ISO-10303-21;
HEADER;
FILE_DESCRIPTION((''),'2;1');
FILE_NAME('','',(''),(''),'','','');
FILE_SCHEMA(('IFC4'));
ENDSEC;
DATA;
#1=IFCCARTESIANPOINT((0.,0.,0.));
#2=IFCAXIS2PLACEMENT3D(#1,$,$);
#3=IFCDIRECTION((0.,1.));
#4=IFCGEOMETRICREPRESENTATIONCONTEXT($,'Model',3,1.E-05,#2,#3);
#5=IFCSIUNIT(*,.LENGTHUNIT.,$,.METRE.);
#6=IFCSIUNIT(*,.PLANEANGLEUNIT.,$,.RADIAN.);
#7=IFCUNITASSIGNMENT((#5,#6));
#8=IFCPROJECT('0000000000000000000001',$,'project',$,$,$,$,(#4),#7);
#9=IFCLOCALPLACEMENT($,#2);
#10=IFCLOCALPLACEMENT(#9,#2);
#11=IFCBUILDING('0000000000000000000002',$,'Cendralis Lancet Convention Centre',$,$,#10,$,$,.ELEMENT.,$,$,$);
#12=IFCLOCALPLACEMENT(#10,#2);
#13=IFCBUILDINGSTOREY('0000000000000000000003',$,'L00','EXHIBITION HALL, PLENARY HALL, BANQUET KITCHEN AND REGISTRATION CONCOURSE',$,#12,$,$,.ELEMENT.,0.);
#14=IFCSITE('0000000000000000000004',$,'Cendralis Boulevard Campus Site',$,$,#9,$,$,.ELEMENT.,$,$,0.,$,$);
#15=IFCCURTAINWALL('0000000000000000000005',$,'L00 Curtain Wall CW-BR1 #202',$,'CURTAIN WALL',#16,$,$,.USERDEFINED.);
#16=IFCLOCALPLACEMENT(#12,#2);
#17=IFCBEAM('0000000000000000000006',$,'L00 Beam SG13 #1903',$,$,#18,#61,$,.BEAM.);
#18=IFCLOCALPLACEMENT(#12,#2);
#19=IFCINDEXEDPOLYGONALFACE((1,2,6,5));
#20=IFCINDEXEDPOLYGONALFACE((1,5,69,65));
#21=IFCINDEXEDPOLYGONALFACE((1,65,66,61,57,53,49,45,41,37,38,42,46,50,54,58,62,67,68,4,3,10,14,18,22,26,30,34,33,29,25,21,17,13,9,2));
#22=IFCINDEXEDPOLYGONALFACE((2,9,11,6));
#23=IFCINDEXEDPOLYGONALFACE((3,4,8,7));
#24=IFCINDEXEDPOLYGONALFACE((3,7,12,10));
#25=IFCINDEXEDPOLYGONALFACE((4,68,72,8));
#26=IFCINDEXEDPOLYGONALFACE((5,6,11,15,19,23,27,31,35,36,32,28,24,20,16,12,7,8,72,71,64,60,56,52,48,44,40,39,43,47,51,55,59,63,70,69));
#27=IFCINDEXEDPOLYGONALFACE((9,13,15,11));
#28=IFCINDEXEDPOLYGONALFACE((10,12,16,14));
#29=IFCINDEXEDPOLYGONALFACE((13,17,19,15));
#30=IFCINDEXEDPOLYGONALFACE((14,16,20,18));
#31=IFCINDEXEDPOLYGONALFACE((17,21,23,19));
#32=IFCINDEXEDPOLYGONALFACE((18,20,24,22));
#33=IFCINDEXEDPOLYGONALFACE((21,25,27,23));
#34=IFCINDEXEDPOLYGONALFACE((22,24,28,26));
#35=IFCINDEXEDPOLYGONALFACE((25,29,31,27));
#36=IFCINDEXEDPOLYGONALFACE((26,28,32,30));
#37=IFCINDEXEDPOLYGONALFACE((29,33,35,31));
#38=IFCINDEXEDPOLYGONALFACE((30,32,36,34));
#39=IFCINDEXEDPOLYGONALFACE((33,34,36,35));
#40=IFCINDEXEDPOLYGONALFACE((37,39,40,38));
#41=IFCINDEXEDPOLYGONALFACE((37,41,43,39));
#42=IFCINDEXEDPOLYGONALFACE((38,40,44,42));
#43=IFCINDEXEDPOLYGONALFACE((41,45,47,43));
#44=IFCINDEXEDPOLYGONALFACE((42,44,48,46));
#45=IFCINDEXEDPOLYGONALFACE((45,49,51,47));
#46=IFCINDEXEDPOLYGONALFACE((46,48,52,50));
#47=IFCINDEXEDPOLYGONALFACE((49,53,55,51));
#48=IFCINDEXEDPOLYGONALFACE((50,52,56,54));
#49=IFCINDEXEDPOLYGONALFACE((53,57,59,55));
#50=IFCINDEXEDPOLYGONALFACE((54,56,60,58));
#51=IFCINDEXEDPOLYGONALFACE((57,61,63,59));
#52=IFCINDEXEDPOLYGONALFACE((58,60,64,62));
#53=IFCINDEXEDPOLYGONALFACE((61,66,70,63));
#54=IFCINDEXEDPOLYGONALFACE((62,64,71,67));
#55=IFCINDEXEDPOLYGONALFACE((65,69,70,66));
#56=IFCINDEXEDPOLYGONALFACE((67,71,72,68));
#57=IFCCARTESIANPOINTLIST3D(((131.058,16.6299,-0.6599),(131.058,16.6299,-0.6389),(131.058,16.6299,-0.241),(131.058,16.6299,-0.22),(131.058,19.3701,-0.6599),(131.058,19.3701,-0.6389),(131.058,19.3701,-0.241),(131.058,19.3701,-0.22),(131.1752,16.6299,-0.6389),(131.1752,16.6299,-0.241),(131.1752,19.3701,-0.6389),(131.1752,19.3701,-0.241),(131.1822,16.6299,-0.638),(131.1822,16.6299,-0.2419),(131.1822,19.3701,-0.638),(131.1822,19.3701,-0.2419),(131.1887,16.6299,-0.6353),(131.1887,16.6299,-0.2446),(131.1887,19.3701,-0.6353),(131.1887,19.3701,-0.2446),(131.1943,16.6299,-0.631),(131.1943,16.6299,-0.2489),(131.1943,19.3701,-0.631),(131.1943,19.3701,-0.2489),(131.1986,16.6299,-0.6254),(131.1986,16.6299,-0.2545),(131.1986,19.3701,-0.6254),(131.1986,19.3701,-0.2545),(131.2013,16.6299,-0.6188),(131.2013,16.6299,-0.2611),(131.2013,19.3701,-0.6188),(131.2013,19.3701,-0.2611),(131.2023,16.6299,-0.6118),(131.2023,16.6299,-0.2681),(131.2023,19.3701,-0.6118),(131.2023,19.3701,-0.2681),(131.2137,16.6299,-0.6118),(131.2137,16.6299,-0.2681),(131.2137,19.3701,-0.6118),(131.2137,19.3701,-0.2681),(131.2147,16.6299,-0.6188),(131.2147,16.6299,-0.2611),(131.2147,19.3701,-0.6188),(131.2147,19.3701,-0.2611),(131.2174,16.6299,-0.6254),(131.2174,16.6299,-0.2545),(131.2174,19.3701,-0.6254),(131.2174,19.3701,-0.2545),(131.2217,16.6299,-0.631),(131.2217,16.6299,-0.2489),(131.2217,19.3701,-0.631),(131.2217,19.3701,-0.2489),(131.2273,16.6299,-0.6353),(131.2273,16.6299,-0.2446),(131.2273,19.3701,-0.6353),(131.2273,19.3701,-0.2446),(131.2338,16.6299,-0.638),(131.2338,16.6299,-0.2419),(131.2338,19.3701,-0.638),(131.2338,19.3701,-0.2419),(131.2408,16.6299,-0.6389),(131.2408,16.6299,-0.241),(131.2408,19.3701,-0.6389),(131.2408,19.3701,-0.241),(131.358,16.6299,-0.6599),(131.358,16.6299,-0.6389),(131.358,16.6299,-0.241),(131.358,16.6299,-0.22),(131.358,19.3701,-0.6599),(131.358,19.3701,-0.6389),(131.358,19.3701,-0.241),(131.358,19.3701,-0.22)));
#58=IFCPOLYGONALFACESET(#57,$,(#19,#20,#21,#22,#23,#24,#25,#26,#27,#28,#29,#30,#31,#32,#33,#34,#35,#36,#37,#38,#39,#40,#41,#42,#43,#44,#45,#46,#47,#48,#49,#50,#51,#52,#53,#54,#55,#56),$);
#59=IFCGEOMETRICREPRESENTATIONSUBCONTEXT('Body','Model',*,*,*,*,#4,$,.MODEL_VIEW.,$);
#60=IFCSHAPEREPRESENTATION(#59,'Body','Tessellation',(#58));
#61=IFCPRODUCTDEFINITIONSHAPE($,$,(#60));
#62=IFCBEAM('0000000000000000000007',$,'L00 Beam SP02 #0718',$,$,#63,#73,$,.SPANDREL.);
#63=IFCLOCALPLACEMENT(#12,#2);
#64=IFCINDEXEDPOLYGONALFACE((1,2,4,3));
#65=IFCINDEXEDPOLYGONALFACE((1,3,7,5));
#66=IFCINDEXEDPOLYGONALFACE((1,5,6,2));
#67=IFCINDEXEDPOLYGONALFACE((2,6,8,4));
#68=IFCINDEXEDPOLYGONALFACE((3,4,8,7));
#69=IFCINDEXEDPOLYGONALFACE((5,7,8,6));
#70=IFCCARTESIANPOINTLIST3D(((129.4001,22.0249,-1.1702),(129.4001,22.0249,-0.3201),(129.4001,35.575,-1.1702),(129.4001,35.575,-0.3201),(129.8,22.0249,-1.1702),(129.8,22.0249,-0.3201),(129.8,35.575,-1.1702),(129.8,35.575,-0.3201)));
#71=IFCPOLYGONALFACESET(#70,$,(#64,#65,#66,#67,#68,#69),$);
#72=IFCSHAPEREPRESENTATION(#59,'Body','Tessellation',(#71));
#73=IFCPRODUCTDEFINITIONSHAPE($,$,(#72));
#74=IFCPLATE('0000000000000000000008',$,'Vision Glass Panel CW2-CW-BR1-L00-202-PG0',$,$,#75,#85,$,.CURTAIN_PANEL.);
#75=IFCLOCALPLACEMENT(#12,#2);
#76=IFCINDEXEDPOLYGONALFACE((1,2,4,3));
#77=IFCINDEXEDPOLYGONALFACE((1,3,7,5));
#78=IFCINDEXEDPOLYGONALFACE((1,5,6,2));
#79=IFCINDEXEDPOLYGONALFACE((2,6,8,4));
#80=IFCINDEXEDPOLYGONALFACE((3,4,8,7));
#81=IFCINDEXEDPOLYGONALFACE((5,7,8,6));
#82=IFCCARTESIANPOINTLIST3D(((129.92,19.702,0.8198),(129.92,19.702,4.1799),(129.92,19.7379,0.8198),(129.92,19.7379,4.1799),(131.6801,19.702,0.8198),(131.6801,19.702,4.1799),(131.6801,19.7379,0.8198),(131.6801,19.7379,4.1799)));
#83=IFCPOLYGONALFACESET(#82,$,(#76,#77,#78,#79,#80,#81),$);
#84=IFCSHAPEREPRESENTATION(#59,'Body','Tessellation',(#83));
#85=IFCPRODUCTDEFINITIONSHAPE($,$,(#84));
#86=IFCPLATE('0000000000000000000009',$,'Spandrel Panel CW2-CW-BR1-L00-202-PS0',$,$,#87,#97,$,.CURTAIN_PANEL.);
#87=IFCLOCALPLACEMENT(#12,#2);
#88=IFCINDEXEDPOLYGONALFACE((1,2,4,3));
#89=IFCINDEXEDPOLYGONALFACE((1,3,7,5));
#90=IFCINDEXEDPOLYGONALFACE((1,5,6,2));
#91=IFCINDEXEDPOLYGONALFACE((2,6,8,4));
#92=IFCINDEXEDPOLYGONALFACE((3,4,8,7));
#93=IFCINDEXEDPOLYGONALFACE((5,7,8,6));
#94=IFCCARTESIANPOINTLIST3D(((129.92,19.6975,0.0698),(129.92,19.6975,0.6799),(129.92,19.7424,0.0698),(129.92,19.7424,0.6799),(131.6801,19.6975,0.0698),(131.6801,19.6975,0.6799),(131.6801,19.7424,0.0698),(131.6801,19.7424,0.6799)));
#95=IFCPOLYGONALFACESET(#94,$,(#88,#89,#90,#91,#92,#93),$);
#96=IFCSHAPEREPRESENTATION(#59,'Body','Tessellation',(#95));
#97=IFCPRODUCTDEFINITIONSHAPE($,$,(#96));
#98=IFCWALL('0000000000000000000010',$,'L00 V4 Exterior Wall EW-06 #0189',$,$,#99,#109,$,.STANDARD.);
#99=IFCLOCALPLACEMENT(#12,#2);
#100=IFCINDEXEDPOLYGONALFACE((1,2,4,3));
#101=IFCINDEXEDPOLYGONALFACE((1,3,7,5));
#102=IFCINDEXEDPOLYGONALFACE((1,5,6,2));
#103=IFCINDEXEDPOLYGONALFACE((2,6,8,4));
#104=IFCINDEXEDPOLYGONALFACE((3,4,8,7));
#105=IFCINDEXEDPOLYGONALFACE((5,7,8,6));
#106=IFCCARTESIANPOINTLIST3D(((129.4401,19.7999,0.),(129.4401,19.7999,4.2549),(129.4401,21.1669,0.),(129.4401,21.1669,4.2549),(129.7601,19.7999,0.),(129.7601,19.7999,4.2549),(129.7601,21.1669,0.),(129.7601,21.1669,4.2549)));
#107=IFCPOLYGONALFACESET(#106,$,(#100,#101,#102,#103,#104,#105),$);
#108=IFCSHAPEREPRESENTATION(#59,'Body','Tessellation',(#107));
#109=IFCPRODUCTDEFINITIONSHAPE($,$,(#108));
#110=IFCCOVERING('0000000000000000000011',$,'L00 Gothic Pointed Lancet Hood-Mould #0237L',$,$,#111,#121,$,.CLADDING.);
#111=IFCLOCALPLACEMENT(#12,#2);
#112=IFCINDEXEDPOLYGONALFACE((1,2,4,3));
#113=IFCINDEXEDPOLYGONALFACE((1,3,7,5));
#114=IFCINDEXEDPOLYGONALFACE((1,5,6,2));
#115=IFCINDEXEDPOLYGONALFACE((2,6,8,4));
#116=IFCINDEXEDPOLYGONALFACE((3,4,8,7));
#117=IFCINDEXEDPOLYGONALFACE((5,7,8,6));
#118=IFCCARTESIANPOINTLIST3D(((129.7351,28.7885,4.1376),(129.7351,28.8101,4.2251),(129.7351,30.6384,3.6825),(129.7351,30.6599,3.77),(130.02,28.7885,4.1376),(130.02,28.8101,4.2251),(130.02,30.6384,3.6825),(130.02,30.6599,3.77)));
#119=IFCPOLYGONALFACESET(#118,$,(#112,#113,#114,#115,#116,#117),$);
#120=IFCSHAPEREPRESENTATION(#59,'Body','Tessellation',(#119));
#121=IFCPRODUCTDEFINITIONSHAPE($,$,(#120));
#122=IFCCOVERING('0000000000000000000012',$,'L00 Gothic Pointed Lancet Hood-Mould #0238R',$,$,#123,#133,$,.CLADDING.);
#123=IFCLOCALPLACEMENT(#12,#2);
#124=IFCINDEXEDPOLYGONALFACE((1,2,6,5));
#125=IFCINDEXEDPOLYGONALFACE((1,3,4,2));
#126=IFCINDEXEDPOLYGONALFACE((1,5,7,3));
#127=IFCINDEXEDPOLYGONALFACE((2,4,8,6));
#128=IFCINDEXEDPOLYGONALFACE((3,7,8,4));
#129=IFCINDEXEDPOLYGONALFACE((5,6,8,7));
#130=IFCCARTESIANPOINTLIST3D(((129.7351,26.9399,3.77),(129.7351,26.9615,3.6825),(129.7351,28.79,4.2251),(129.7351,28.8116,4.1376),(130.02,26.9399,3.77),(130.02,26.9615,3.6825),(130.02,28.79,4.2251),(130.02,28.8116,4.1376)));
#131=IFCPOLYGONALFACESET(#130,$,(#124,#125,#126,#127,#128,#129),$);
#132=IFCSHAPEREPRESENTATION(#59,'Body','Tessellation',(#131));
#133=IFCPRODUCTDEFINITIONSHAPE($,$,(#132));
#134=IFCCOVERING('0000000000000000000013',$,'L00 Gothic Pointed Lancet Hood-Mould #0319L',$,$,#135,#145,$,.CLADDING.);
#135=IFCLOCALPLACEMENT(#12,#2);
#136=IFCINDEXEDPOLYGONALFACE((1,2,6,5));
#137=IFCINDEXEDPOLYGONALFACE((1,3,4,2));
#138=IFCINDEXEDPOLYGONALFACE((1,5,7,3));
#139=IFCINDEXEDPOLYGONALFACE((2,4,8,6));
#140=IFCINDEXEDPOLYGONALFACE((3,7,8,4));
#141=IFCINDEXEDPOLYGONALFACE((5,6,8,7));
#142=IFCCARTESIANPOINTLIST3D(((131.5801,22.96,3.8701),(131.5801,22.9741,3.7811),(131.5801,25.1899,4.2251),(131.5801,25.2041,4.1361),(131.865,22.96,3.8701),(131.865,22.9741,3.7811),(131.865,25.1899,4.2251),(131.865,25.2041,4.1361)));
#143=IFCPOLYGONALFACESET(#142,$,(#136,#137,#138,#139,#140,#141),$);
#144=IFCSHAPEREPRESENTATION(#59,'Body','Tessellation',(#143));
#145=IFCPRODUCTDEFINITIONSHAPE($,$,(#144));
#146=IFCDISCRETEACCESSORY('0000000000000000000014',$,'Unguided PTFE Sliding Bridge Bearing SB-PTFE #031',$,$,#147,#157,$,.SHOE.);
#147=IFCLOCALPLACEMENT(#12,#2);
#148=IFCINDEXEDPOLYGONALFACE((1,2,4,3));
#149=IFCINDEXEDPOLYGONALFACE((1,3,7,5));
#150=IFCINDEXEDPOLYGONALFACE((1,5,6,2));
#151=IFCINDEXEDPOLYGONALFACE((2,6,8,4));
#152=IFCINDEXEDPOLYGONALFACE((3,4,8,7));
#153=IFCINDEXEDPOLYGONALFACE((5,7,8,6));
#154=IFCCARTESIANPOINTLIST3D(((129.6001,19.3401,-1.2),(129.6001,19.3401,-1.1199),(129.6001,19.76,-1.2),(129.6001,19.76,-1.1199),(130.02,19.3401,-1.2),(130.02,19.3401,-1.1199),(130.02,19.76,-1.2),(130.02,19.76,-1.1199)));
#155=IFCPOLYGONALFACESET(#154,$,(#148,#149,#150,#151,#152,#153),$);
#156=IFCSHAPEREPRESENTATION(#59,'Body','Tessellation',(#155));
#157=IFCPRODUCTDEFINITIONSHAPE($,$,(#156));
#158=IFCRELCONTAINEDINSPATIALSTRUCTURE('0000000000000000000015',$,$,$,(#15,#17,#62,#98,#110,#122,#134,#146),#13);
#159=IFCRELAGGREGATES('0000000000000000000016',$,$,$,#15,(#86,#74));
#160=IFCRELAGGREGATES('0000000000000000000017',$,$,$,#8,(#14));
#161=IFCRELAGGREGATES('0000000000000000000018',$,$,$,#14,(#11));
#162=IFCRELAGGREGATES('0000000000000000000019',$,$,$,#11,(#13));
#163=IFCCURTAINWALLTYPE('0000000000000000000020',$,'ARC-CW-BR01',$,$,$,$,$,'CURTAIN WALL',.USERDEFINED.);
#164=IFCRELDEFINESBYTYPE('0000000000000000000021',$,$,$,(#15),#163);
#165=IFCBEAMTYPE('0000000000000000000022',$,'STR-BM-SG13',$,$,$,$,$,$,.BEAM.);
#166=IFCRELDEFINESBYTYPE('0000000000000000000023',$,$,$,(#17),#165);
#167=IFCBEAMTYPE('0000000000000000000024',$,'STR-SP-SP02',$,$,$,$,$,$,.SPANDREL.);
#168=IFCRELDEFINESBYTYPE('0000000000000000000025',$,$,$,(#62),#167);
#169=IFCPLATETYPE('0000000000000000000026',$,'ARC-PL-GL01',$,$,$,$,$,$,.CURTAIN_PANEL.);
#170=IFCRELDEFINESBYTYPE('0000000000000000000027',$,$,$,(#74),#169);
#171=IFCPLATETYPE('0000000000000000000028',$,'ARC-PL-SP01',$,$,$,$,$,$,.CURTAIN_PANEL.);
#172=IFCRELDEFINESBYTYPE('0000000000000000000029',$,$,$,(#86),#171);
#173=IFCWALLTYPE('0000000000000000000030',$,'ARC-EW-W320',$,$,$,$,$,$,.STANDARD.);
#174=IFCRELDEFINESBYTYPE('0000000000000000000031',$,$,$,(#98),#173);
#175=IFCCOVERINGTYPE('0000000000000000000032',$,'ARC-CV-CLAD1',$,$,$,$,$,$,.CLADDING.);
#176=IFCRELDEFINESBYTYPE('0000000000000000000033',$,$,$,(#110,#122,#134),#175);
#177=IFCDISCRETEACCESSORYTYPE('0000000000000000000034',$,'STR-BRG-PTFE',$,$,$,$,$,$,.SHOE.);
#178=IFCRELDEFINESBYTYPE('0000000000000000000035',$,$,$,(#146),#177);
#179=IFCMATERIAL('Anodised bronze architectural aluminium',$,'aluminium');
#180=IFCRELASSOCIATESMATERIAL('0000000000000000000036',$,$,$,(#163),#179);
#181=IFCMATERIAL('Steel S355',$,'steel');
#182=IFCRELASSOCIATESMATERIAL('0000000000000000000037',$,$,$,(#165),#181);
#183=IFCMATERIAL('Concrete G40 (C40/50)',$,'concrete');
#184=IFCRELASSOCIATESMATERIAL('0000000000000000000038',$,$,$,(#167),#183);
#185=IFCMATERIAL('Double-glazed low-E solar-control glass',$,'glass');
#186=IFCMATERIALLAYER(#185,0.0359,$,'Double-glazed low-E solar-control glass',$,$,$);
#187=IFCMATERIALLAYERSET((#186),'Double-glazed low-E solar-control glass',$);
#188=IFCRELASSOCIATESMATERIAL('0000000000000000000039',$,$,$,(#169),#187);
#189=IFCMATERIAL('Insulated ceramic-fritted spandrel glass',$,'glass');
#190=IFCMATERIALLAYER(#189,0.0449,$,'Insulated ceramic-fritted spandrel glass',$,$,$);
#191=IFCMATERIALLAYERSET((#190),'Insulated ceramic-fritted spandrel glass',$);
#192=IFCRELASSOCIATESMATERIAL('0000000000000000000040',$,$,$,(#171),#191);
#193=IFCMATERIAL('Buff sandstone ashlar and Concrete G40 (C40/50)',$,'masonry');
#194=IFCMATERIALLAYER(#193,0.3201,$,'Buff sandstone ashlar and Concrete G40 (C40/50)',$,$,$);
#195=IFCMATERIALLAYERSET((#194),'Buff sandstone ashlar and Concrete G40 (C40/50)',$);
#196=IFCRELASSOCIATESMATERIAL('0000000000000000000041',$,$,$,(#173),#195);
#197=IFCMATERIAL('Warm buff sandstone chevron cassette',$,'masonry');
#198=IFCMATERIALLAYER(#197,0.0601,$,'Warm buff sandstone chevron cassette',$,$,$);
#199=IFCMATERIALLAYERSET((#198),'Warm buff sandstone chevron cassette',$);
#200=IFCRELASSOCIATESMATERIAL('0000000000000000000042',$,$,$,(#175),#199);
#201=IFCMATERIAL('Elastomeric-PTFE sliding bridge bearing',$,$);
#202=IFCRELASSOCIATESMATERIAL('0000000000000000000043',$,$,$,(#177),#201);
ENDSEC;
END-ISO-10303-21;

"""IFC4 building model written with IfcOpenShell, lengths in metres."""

from ifc_helpers import new_model, si_unit, direction, frame, frame_2d, origin, origin_2d, place, context, subcontext, project, spatial, polyline, rectangle, i_section, outline, extrude, material, layer, layer_set, material_profile, profile_set, type_object, element, aggregate, save


model = new_model("IFC4")

# Units and contexts
model_context = context("Model", 3, precision=1e-05, world=origin(), true_north=direction((0.0, 1.0)))
body_context = subcontext(model_context, "Body", "Model", "MODEL_VIEW")
ifc_project = project(units=[si_unit("LENGTHUNIT", "METRE"), si_unit("PLANEANGLEUNIT", "RADIAN")], contexts=[model_context])

# Site, building, storey
site_placement = place(None, origin())
site = spatial("IfcSite", under=ifc_project, at=site_placement, Name="Cendralis Boulevard Campus Site", CompositionType="ELEMENT", RefElevation=0.0)
building_placement = place(site_placement, origin())
building = spatial("IfcBuilding", under=site, at=building_placement, Name="Cendralis Lancet Convention Centre", CompositionType="ELEMENT")
storey_placement = place(building_placement, origin())
storey = spatial("IfcBuildingStorey", under=building, at=storey_placement, Name="L00", Description="EXHIBITION HALL, PLENARY HALL, BANQUET KITCHEN AND REGISTRATION CONCOURSE", CompositionType="ELEMENT", Elevation=0.0)

# Shared definitions
ifc_material_1 = material(Name="Concrete G40 (C40/50)", Category="concrete")

# Curtain wall
ifc_material_2 = material(Name="Anodised bronze architectural aluminium", Category="aluminium")
curtain_wall_type = type_object("IfcCurtainWallType", Name="ARC-CW-BR01", ElementType="CURTAIN WALL", PredefinedType="USERDEFINED", material=ifc_material_2)
curtain_wall_placement = place(storey_placement, origin())
curtain_wall = element("IfcCurtainWall", 1, at=curtain_wall_placement, inside=storey, type_object=curtain_wall_type, Name="L00 Curtain Wall CW-BR1 #202", ObjectType="CURTAIN WALL", PredefinedType="USERDEFINED")

# Beams
ifc_material_3 = material(Name="Steel S355", Category="steel")
ifc_material_profile_1 = material_profile(ifc_material_3, i_section(OverallWidth=0.3, OverallDepth=0.4399, WebThickness=0.0115, FlangeThickness=0.021, FilletRadius=0.0271, at=origin_2d()), Name="HEA 450")
ifc_profile_set_1 = profile_set([ifc_material_profile_1], Name="Steel S355")
beam_type_1 = type_object("IfcBeamType", Name="STR-BM-SG13", PredefinedType="BEAM", material=ifc_profile_set_1)
for number, where, z_axis, x_axis, name in (
    (2, (131.208, 16.6299, -0.4399), (0.0, 1.0, 0.0), (-1.0, 0.0, 0.0), "L00 Beam SG13 #1903"),
):
    element("IfcBeam", number, at=place(storey_placement, frame(where, z_axis=z_axis, x_axis=x_axis)), inside=storey, type_object=beam_type_1, Name=name, PredefinedType="BEAM", context=body_context, shape_type="SweptSolid", body=[
        extrude(i_section(OverallWidth=0.3, OverallDepth=0.4399, WebThickness=0.0115, FlangeThickness=0.021, FilletRadius=0.0271, at=origin_2d()), origin(), (0.0, 0.0, 1.0), 2.7402),
    ])
ifc_material_profile_2 = material_profile(ifc_material_1, rectangle(XDim=0.3999, YDim=0.8501, at=origin_2d()), Name="RCB 400x850")
ifc_profile_set_2 = profile_set([ifc_material_profile_2], Name="Concrete G40 (C40/50)")
beam_type_2 = type_object("IfcBeamType", Name="STR-SP-SP02", PredefinedType="SPANDREL", material=ifc_profile_set_2)
beam_1_placement = place(storey_placement, frame((129.6001, 22.0249, -0.7451), z_axis=(0.0, 1.0, 0.0), x_axis=(-1.0, 0.0, 0.0)))
element("IfcBeam", 3, at=beam_1_placement, inside=storey, type_object=beam_type_2, Name="L00 Beam SP02 #0718", PredefinedType="SPANDREL", context=body_context, shape_type="SweptSolid", body=[
    extrude(rectangle(XDim=0.3999, YDim=0.8501, at=origin_2d()), origin(), (0.0, 0.0, 1.0), 13.55),
])

# Plates
ifc_material_4 = material(Name="Double-glazed low-E solar-control glass", Category="glass")
ifc_layer_1 = layer(ifc_material_4, 0.0359, Name="Double-glazed low-E solar-control glass")
ifc_layer_set_1 = layer_set([ifc_layer_1], Name="Double-glazed low-E solar-control glass")
plate_type_1 = type_object("IfcPlateType", Name="ARC-PL-GL01", PredefinedType="CURTAIN_PANEL", material=ifc_layer_set_1)
plate_1_placement = place(storey_placement, frame((130.8, 19.72, 0.8198), z_axis=(0.0, 0.0, 1.0), x_axis=(1.0, 0.0, 0.0)))
plate_1 = element("IfcPlate", 4, at=plate_1_placement, type_object=plate_type_1, Name="Vision Glass Panel CW2-CW-BR1-L00-202-PG0", PredefinedType="CURTAIN_PANEL", context=body_context, shape_type="SweptSolid", body=[
    extrude(rectangle(XDim=1.76, YDim=0.0359, at=origin_2d()), origin(), (0.0, 0.0, 1.0), 3.3601),
])
ifc_material_5 = material(Name="Insulated ceramic-fritted spandrel glass", Category="glass")
ifc_layer_2 = layer(ifc_material_5, 0.0449, Name="Insulated ceramic-fritted spandrel glass")
ifc_layer_set_2 = layer_set([ifc_layer_2], Name="Insulated ceramic-fritted spandrel glass")
plate_type_2 = type_object("IfcPlateType", Name="ARC-PL-SP01", PredefinedType="CURTAIN_PANEL", material=ifc_layer_set_2)
plate_2_placement = place(storey_placement, frame((130.8, 19.72, 0.0698), z_axis=(0.0, 0.0, 1.0), x_axis=(1.0, 0.0, 0.0)))
plate_2 = element("IfcPlate", 5, at=plate_2_placement, type_object=plate_type_2, Name="Spandrel Panel CW2-CW-BR1-L00-202-PS0", PredefinedType="CURTAIN_PANEL", context=body_context, shape_type="SweptSolid", body=[
    extrude(rectangle(XDim=1.76, YDim=0.0449, at=origin_2d()), origin(), (0.0, 0.0, 1.0), 0.6101),
])
aggregate(curtain_wall, [plate_2, plate_1])

# Wall
ifc_material_6 = material(Name="Buff sandstone ashlar and Concrete G40 (C40/50)", Category="masonry")
ifc_layer_3 = layer(ifc_material_6, 0.3201, Name="Buff sandstone ashlar and Concrete G40 (C40/50)")
ifc_layer_set_3 = layer_set([ifc_layer_3], Name="Buff sandstone ashlar and Concrete G40 (C40/50)")
wall_type = type_object("IfcWallType", Name="ARC-EW-W320", PredefinedType="STANDARD", material=ifc_layer_set_3)
wall_placement = place(storey_placement, frame((129.6001, 21.167, 0.0), z_axis=(0.0, 0.0, 1.0), x_axis=(0.0, -1.0, 0.0)))
element("IfcWall", 6, at=wall_placement, inside=storey, type_object=wall_type, Name="L00 V4 Exterior Wall EW-06 #0189", PredefinedType="STANDARD", context=body_context, shape_type="SweptSolid", body=[
    extrude(rectangle(XDim=1.3669, YDim=0.3201, at=frame_2d((0.6836, 0.0))), origin(), (0.0, 0.0, 1.0), 4.2549),
])

# Coverings
ifc_material_7 = material(Name="Warm buff sandstone chevron cassette", Category="masonry")
ifc_layer_4 = layer(ifc_material_7, 0.0601, Name="Warm buff sandstone chevron cassette")
ifc_layer_set_4 = layer_set([ifc_layer_4], Name="Warm buff sandstone chevron cassette")
covering_type = type_object("IfcCoveringType", Name="ARC-CV-CLAD1", PredefinedType="CLADDING", material=ifc_layer_set_4)
covering_1_placement = place(storey_placement, frame((130.02, 30.6599, 3.77), z_axis=(0.0, 0.238885, 0.971048), x_axis=(-1.0, 0.0, 0.0)))
element("IfcCovering", 7, at=covering_1_placement, inside=storey, type_object=covering_type, Name="L00 Gothic Pointed Lancet Hood-Mould #0237L", PredefinedType="CLADDING", context=body_context, shape_type="SweptSolid", body=[
    extrude(outline(polyline([(0.0, 0.0), (0.2849, 0.0), (0.2849, 1.905), (0.0, 1.905), (0.0, 0.0)])), origin(), (0.0, 0.0, -1.0), 0.0901),
])
covering_2_placement = place(storey_placement, frame((130.02, 28.79, 4.2251), z_axis=(0.0, -0.238855, 0.971055), x_axis=(-1.0, 0.0, 0.0)))
element("IfcCovering", 8, at=covering_2_placement, inside=storey, type_object=covering_type, Name="L00 Gothic Pointed Lancet Hood-Mould #0238R", PredefinedType="CLADDING", context=body_context, shape_type="SweptSolid", body=[
    extrude(outline(polyline([(0.0, 0.0), (0.2849, 0.0), (0.2849, 1.9052), (0.0, 1.9052), (0.0, 0.0)])), origin(), (0.0, 0.0, -1.0), 0.0901),
])
covering_3_placement = place(storey_placement, frame((131.5801, 22.96, 3.8701), z_axis=(0.0, -0.157206, 0.987566), x_axis=(1.0, 0.0, 0.0)))
element("IfcCovering", 9, at=covering_3_placement, inside=storey, type_object=covering_type, Name="L00 Gothic Pointed Lancet Hood-Mould #0319L", PredefinedType="CLADDING", context=body_context, shape_type="SweptSolid", body=[
    extrude(outline(polyline([(0.0, 0.0), (0.2849, 0.0), (0.2849, 2.2581), (0.0, 2.2581), (0.0, 0.0)])), origin(), (0.0, 0.0, -1.0), 0.0901),
])

# Discrete accessory
ifc_material_8 = material(Name="Elastomeric-PTFE sliding bridge bearing")
discrete_accessory_type = type_object("IfcDiscreteAccessoryType", Name="STR-BRG-PTFE", PredefinedType="SHOE", material=ifc_material_8)
discrete_accessory_placement = place(storey_placement, frame((129.8101, 19.55, -1.2), z_axis=(0.0, 0.0, 1.0), x_axis=(1.0, 0.0, 0.0)))
element("IfcDiscreteAccessory", 10, at=discrete_accessory_placement, inside=storey, type_object=discrete_accessory_type, Name="Unguided PTFE Sliding Bridge Bearing SB-PTFE #031", PredefinedType="SHOE", context=body_context, shape_type="SweptSolid", body=[
    extrude(rectangle(XDim=0.4199, YDim=0.4199, at=origin_2d()), origin(), (0.0, 0.0, 1.0), 0.0801),
])

save(model, "model.ifc")
